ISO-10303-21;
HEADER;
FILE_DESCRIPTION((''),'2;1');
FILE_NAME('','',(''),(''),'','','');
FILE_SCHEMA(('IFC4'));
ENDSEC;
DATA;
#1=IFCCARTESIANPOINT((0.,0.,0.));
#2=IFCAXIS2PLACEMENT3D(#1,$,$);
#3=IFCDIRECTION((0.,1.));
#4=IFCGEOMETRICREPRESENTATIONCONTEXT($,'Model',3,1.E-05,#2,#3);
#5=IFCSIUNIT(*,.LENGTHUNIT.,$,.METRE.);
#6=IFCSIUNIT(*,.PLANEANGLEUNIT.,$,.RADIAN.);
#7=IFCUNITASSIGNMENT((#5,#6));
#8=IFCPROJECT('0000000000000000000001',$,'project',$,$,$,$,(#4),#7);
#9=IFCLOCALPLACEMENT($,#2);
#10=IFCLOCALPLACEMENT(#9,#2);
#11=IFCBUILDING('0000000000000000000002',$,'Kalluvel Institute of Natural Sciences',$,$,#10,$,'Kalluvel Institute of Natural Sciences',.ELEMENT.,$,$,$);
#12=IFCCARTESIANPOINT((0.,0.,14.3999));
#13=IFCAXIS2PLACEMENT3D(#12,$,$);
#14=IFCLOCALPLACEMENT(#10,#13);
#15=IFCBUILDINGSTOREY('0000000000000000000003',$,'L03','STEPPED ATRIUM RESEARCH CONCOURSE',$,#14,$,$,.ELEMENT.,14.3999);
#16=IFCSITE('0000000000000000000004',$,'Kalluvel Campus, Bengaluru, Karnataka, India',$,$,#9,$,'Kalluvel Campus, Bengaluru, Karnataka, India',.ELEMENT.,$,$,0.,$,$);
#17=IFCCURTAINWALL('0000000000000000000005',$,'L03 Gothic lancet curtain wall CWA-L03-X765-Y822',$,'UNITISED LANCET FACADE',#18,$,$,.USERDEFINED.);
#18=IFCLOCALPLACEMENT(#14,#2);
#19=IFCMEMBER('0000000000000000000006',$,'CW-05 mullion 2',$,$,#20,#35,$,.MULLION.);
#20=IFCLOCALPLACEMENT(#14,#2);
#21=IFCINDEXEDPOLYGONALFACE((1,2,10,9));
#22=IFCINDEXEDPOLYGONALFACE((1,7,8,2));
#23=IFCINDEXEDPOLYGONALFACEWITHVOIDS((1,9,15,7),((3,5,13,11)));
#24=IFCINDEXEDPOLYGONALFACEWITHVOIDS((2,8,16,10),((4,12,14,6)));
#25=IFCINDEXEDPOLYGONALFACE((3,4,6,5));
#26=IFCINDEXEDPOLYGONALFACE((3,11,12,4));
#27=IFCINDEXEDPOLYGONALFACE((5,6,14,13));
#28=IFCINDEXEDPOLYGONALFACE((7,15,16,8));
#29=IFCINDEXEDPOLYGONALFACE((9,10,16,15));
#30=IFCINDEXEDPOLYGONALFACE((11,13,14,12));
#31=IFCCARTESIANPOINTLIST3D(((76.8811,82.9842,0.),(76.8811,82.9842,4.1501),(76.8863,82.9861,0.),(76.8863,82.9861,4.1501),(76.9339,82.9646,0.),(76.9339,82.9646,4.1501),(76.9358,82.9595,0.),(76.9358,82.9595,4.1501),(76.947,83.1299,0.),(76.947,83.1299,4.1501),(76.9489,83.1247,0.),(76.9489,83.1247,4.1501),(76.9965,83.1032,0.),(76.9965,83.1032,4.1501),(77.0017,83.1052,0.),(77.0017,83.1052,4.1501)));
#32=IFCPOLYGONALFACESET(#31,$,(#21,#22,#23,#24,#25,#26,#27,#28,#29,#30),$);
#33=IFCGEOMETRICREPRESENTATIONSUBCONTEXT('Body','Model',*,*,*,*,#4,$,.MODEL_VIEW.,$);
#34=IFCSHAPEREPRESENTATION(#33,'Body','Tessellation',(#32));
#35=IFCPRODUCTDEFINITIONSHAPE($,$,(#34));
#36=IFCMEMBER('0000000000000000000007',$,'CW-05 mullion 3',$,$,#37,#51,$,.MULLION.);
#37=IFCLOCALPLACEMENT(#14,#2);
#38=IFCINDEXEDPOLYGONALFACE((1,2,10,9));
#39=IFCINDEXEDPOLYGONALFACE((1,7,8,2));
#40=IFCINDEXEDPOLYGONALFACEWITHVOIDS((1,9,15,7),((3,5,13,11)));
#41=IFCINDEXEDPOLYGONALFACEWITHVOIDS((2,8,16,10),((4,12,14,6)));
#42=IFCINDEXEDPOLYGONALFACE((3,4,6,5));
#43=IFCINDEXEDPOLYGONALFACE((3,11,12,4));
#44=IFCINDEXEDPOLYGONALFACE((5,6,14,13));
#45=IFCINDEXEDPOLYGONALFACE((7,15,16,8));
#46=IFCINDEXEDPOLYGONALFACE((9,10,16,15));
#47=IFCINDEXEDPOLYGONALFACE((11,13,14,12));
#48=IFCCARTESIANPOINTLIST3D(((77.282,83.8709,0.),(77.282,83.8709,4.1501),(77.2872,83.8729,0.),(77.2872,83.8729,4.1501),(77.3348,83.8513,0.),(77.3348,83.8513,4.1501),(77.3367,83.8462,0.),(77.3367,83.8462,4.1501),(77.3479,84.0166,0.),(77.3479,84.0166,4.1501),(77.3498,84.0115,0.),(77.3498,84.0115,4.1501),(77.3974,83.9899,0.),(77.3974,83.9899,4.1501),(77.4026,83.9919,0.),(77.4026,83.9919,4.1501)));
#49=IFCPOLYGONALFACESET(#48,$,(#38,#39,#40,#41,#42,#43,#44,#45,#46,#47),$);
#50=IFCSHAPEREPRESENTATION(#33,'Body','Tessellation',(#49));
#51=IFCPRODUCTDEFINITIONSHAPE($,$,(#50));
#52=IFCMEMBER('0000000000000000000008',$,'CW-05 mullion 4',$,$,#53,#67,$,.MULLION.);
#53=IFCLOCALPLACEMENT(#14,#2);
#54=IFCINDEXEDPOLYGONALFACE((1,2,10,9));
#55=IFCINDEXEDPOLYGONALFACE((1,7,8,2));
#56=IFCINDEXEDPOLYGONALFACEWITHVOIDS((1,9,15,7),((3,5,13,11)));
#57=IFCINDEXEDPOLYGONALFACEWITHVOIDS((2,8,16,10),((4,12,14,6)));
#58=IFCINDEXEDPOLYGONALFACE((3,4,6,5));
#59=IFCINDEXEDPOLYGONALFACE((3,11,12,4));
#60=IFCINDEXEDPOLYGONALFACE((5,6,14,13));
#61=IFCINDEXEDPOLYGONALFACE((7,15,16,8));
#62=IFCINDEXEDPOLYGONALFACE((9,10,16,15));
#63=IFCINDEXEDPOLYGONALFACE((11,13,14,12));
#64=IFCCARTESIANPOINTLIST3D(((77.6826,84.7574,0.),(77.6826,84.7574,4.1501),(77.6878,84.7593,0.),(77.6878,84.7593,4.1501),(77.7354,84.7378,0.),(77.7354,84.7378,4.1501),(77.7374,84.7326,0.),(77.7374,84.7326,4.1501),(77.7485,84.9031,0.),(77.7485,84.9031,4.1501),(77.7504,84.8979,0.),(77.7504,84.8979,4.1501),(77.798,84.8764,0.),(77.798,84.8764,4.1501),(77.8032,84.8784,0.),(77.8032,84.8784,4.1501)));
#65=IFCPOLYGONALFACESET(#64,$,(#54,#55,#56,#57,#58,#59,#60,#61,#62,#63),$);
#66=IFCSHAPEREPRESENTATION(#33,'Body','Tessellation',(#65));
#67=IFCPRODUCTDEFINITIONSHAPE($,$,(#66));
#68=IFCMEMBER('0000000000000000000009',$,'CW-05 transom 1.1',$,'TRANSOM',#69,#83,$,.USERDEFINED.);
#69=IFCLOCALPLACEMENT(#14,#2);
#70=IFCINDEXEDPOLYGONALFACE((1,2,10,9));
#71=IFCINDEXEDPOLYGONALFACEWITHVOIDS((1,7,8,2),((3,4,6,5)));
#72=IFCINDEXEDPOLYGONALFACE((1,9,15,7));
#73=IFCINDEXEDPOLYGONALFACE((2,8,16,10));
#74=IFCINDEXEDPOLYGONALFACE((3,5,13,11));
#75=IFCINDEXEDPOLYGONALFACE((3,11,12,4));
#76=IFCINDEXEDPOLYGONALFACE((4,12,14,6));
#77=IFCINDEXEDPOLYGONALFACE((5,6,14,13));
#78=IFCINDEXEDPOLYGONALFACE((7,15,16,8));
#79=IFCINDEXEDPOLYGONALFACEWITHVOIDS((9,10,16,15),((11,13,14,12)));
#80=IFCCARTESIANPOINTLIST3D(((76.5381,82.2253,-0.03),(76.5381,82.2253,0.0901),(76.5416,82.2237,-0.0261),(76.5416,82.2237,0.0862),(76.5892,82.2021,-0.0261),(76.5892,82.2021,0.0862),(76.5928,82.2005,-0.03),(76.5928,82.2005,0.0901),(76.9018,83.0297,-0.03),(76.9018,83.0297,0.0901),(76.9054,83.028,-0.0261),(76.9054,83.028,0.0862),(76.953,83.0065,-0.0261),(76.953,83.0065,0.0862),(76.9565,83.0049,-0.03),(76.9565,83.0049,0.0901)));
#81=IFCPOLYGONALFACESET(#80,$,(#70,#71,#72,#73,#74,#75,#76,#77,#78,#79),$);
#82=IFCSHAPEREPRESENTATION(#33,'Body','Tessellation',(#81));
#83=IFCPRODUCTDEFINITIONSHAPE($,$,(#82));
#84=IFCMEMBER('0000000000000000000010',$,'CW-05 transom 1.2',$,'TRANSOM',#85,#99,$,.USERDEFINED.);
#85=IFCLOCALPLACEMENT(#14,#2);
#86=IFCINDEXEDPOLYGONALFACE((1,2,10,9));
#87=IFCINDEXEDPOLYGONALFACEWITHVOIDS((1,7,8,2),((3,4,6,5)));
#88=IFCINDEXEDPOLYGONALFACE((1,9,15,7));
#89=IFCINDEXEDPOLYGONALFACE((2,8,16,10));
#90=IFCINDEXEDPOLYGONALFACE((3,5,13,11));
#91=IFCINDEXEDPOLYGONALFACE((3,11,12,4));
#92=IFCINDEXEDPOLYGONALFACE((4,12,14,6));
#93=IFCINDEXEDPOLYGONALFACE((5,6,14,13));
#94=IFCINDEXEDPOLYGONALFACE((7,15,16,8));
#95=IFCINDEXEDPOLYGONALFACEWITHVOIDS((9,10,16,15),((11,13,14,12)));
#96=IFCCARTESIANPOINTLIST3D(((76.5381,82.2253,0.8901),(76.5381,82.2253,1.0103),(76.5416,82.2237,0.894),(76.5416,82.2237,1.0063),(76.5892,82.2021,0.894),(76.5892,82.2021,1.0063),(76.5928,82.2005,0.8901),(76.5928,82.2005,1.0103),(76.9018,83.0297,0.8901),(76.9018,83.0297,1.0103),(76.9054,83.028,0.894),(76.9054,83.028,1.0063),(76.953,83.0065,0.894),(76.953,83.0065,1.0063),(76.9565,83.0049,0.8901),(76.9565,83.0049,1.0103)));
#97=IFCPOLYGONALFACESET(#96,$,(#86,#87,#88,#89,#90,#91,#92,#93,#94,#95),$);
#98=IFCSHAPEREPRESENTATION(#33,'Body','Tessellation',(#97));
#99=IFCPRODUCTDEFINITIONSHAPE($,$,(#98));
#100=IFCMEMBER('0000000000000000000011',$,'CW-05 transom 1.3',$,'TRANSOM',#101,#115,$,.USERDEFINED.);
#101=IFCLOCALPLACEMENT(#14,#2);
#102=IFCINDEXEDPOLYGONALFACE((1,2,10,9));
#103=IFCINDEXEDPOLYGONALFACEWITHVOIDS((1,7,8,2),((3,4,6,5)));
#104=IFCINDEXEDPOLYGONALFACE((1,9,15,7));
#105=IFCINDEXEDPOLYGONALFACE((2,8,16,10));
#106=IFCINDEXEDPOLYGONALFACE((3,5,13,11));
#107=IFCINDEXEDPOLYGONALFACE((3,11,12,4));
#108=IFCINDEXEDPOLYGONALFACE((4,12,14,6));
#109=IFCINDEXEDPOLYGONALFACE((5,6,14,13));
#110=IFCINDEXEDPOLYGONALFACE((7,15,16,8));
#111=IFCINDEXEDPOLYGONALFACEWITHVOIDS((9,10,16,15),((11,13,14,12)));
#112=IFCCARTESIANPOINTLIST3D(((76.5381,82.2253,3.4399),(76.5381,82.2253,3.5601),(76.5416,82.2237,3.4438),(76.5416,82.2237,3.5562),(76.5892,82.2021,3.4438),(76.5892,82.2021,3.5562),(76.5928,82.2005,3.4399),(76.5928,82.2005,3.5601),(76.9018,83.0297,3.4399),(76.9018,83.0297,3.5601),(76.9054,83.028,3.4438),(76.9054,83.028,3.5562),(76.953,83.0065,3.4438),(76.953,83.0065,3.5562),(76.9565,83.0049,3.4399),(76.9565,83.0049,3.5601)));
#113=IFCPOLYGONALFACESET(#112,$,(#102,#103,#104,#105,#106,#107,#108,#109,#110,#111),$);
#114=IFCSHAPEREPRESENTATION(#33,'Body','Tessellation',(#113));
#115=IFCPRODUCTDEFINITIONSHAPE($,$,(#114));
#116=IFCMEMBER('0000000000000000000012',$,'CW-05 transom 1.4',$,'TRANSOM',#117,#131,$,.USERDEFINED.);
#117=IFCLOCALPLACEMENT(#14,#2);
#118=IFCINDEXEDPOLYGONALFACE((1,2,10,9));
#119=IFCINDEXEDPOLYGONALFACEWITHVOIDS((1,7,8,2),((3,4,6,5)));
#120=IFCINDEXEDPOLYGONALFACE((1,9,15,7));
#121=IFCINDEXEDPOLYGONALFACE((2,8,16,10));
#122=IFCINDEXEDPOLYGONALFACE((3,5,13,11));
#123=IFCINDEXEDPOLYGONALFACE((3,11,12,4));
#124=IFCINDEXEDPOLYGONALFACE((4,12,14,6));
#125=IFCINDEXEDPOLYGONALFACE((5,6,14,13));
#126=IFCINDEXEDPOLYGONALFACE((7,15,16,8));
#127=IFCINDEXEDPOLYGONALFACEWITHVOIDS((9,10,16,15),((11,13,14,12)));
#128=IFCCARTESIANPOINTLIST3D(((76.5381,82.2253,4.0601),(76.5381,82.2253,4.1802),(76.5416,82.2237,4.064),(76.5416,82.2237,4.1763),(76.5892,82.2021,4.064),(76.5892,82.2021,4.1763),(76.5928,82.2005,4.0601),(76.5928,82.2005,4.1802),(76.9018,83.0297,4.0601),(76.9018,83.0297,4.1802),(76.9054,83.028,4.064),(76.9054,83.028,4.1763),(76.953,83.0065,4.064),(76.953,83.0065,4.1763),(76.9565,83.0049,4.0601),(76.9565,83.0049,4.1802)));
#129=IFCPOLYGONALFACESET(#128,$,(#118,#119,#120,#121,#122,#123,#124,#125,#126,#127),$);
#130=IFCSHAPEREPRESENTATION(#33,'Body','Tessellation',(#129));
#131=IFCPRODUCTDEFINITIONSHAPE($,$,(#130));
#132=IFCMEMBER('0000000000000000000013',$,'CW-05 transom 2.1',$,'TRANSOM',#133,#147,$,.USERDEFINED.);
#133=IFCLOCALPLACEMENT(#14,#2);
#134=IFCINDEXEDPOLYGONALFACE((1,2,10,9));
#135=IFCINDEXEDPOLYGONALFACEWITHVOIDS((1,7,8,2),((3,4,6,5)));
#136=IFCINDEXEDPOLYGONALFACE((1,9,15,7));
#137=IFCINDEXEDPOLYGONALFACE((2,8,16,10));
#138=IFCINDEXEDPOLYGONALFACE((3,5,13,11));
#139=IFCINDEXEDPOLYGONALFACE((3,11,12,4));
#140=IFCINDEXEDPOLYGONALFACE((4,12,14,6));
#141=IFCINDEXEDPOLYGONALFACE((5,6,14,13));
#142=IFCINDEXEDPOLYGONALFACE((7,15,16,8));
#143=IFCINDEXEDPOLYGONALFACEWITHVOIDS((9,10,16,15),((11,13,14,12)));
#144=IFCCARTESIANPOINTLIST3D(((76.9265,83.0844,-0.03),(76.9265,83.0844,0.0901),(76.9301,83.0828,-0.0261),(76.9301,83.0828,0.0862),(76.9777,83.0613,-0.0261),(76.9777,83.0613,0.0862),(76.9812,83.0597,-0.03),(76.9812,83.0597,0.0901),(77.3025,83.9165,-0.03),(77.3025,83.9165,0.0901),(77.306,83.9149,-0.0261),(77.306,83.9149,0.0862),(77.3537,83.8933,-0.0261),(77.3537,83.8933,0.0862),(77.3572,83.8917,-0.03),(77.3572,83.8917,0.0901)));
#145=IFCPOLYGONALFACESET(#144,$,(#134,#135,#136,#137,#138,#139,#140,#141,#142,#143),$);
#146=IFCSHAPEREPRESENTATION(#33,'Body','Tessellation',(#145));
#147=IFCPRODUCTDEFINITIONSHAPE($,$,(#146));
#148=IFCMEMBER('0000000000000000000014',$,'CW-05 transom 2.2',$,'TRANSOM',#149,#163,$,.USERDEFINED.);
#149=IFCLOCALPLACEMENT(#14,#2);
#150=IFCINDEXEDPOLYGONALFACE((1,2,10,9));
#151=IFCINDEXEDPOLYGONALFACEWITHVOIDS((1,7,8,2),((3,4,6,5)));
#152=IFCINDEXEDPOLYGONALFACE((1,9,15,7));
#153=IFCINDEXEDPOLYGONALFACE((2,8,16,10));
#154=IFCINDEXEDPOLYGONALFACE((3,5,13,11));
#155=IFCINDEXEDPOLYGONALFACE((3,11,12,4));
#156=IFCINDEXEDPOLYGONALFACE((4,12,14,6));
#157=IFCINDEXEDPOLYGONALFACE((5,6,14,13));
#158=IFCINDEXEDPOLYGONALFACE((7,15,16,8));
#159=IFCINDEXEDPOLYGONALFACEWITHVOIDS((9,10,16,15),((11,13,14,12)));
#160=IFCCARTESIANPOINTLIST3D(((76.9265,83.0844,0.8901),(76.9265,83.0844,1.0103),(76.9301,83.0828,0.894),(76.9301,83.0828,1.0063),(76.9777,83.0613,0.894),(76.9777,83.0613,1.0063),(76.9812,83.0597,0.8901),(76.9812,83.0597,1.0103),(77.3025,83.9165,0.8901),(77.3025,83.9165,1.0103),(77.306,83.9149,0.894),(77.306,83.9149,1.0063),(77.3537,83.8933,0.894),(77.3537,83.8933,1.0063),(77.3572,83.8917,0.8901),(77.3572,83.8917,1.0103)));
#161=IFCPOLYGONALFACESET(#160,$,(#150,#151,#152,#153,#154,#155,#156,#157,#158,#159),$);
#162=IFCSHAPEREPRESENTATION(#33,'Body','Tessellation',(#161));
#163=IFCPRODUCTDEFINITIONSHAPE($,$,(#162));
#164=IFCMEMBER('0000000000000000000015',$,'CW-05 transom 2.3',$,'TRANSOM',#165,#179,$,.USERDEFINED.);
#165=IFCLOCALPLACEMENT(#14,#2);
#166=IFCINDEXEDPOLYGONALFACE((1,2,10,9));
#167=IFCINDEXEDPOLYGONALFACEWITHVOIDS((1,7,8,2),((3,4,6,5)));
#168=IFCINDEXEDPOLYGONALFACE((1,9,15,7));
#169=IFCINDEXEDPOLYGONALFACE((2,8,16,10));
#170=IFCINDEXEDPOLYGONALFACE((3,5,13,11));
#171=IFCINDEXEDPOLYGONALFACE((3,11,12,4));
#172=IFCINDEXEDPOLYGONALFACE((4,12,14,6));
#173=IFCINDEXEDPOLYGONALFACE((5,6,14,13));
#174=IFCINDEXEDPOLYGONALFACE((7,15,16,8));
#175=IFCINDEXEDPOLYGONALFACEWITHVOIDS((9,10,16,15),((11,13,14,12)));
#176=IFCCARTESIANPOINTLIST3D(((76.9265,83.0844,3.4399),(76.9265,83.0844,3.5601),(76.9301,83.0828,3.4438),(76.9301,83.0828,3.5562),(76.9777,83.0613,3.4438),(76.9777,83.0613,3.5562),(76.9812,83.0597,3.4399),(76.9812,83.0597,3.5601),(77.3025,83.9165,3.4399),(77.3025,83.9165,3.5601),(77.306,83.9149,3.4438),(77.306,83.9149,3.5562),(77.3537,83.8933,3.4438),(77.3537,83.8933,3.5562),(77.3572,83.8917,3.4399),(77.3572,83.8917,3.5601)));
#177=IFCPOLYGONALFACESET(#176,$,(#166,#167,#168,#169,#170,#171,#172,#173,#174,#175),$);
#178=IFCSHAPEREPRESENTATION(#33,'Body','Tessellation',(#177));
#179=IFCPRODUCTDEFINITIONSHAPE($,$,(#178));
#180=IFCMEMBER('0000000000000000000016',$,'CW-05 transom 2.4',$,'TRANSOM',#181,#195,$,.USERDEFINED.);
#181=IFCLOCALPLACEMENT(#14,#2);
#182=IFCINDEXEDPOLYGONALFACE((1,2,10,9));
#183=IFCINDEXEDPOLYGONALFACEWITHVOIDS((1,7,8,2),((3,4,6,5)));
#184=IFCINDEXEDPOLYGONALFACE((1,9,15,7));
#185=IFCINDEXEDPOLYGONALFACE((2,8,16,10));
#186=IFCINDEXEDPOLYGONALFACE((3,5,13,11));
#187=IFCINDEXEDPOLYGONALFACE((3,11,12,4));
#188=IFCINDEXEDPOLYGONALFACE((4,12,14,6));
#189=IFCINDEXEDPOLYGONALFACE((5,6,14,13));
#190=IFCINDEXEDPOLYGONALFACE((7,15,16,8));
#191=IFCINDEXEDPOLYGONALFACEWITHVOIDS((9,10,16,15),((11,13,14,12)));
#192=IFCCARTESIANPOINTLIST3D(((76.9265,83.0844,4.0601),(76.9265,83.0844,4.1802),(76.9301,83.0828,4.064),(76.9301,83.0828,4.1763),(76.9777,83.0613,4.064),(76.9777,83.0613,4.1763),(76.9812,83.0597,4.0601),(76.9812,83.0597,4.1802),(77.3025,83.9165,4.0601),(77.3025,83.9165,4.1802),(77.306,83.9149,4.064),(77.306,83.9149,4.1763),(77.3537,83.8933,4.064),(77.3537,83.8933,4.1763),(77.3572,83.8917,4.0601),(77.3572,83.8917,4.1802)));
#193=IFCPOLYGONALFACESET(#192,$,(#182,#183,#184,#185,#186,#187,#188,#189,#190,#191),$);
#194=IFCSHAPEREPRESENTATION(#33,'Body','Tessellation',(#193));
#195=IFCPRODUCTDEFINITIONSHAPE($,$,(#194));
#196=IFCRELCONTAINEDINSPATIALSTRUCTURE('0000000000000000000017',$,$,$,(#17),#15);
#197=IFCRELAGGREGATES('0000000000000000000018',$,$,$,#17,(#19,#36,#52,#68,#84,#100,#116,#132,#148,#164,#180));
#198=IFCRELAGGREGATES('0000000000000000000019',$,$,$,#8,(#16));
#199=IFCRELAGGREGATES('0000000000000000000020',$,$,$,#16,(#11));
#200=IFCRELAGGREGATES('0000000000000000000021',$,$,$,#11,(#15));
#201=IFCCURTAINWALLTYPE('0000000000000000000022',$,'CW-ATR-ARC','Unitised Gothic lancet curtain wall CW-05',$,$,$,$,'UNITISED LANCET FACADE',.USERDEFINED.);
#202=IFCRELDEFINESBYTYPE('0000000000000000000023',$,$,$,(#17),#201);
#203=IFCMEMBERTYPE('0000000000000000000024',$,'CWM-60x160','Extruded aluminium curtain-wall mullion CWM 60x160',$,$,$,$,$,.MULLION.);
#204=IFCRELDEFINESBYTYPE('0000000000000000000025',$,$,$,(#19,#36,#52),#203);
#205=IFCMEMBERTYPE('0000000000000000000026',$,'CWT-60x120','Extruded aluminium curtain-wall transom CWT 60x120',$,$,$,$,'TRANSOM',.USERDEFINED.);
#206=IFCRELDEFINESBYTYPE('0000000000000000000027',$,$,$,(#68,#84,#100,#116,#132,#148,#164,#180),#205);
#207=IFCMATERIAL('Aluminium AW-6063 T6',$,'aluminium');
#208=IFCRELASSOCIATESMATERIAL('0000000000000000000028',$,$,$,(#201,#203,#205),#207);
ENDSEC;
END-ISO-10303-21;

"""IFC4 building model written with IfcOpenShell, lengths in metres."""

from ifc_helpers import new_model, si_unit, direction, frame, origin, origin_2d, place, context, subcontext, project, spatial, hollow_rectangle, extrude, material, material_profile, profile_set, type_object, element, aggregate, save


model = new_model("IFC4")

# Units and contexts
model_context = context("Model", 3, precision=1e-05, world=origin(), true_north=direction((0.0, 1.0)))
body_context = subcontext(model_context, "Body", "Model", "MODEL_VIEW")
ifc_project = project(units=[si_unit("LENGTHUNIT", "METRE"), si_unit("PLANEANGLEUNIT", "RADIAN")], contexts=[model_context])

# Site, building, storey
site_placement = place(None, origin())
site = spatial("IfcSite", under=ifc_project, at=site_placement, Name="Kalluvel Campus, Bengaluru, Karnataka, India", LongName="Kalluvel Campus, Bengaluru, Karnataka, India", CompositionType="ELEMENT", RefElevation=0.0)
building_placement = place(site_placement, origin())
building = spatial("IfcBuilding", under=site, at=building_placement, Name="Kalluvel Institute of Natural Sciences", LongName="Kalluvel Institute of Natural Sciences", CompositionType="ELEMENT")
storey_placement = place(building_placement, frame((0.0, 0.0, 14.3999)))
storey = spatial("IfcBuildingStorey", under=building, at=storey_placement, Name="L03", Description="STEPPED ATRIUM RESEARCH CONCOURSE", CompositionType="ELEMENT", Elevation=14.3999)

# Curtain wall, members
ifc_material_1 = material(Name="Aluminium AW-6063 T6", Category="aluminium")
curtain_wall_type = type_object("IfcCurtainWallType", Name="CW-ATR-ARC", Description="Unitised Gothic lancet curtain wall CW-05", ElementType="UNITISED LANCET FACADE", PredefinedType="USERDEFINED", material=ifc_material_1)
curtain_wall_placement = place(storey_placement, origin())
curtain_wall = element("IfcCurtainWall", 1, at=curtain_wall_placement, inside=storey, type_object=curtain_wall_type, Name="L03 Gothic lancet curtain wall CWA-L03-X765-Y822", ObjectType="UNITISED LANCET FACADE", PredefinedType="USERDEFINED")
ifc_material_profile_1 = material_profile(ifc_material_1, hollow_rectangle(XDim=0.0601, YDim=0.1599, WallThickness=0.0039, at=origin_2d()), Name="CWM 60x160")
ifc_profile_set_1 = profile_set([ifc_material_profile_1], Name="Aluminium AW-6063 T6")
member_type_1 = type_object("IfcMemberType", Name="CWM-60x160", Description="Extruded aluminium curtain-wall mullion CWM 60x160", PredefinedType="MULLION", material=ifc_profile_set_1)
member_1_placement = place(storey_placement, frame((76.9414, 83.0447, 0.0), z_axis=(0.0, 0.0, 1.0), x_axis=(-0.911231, 0.411895, 0.0)))
member_1 = element("IfcMember", 2, at=member_1_placement, type_object=member_type_1, Name="CW-05 mullion 2", PredefinedType="MULLION", context=body_context, shape_type="SweptSolid", body=[
    extrude(hollow_rectangle(XDim=0.0601, YDim=0.1599, WallThickness=0.0039, at=origin_2d()), origin(), (0.0, 0.0, 1.0), 4.1501),
])
member_2_placement = place(storey_placement, frame((77.3423, 83.9314, 0.0), z_axis=(0.0, 0.0, 1.0), x_axis=(-0.911231, 0.411895, 0.0)))
member_2 = element("IfcMember", 3, at=member_2_placement, type_object=member_type_1, Name="CW-05 mullion 3", PredefinedType="MULLION", context=body_context, shape_type="SweptSolid", body=[
    extrude(hollow_rectangle(XDim=0.0601, YDim=0.1599, WallThickness=0.0039, at=origin_2d()), origin(), (0.0, 0.0, 1.0), 4.1501),
])
member_3_placement = place(storey_placement, frame((77.7429, 84.8179, 0.0), z_axis=(0.0, 0.0, 1.0), x_axis=(-0.911231, 0.411895, 0.0)))
member_3 = element("IfcMember", 4, at=member_3_placement, type_object=member_type_1, Name="CW-05 mullion 4", PredefinedType="MULLION", context=body_context, shape_type="SweptSolid", body=[
    extrude(hollow_rectangle(XDim=0.0601, YDim=0.1599, WallThickness=0.0039, at=origin_2d()), origin(), (0.0, 0.0, 1.0), 4.1501),
])
ifc_material_profile_2 = material_profile(ifc_material_1, hollow_rectangle(XDim=0.0601, YDim=0.1201, WallThickness=0.0039, at=origin_2d()), Name="CWT 60x120")
ifc_profile_set_2 = profile_set([ifc_material_profile_2], Name="Aluminium AW-6063 T6")
member_type_2 = type_object("IfcMemberType", Name="CWT-60x120", Description="Extruded aluminium curtain-wall transom CWT 60x120", ElementType="TRANSOM", PredefinedType="USERDEFINED", material=ifc_profile_set_2)
member_4_placement = place(storey_placement, frame((76.5654, 82.2129, 0.03), z_axis=(0.412031, 0.91117, 0.0), x_axis=(-0.91117, 0.412031, 0.0)))
member_4 = element("IfcMember", 5, at=member_4_placement, type_object=member_type_2, Name="CW-05 transom 1.1", ObjectType="TRANSOM", PredefinedType="USERDEFINED", context=body_context, shape_type="SweptSolid", body=[
    extrude(hollow_rectangle(XDim=0.0601, YDim=0.1201, WallThickness=0.0039, at=origin_2d()), origin(), (0.0, 0.0, 1.0), 0.8828),
])
member_5_placement = place(storey_placement, frame((76.5654, 82.2129, 0.9502), z_axis=(0.412031, 0.91117, 0.0), x_axis=(-0.91117, 0.412031, 0.0)))
member_5 = element("IfcMember", 6, at=member_5_placement, type_object=member_type_2, Name="CW-05 transom 1.2", ObjectType="TRANSOM", PredefinedType="USERDEFINED", context=body_context, shape_type="SweptSolid", body=[
    extrude(hollow_rectangle(XDim=0.0601, YDim=0.1201, WallThickness=0.0039, at=origin_2d()), origin(), (0.0, 0.0, 1.0), 0.8828),
])
member_6_placement = place(storey_placement, frame((76.5654, 82.2129, 3.5), z_axis=(0.412031, 0.91117, 0.0), x_axis=(-0.91117, 0.412031, 0.0)))
member_6 = element("IfcMember", 7, at=member_6_placement, type_object=member_type_2, Name="CW-05 transom 1.3", ObjectType="TRANSOM", PredefinedType="USERDEFINED", context=body_context, shape_type="SweptSolid", body=[
    extrude(hollow_rectangle(XDim=0.0601, YDim=0.1201, WallThickness=0.0039, at=origin_2d()), origin(), (0.0, 0.0, 1.0), 0.8828),
])
member_7_placement = place(storey_placement, frame((76.5654, 82.2129, 4.1201), z_axis=(0.412031, 0.91117, 0.0), x_axis=(-0.91117, 0.412031, 0.0)))
member_7 = element("IfcMember", 8, at=member_7_placement, type_object=member_type_2, Name="CW-05 transom 1.4", ObjectType="TRANSOM", PredefinedType="USERDEFINED", context=body_context, shape_type="SweptSolid", body=[
    extrude(hollow_rectangle(XDim=0.0601, YDim=0.1201, WallThickness=0.0039, at=origin_2d()), origin(), (0.0, 0.0, 1.0), 0.8828),
])
member_8_placement = place(storey_placement, frame((76.9539, 83.072, 0.03), z_axis=(0.411787, 0.91128, 0.0), x_axis=(-0.91128, 0.411787, 0.0)))
member_8 = element("IfcMember", 9, at=member_8_placement, type_object=member_type_2, Name="CW-05 transom 2.1", ObjectType="TRANSOM", PredefinedType="USERDEFINED", context=body_context, shape_type="SweptSolid", body=[
    extrude(hollow_rectangle(XDim=0.0601, YDim=0.1201, WallThickness=0.0039, at=origin_2d()), origin(), (0.0, 0.0, 1.0), 0.9131),
])
member_9_placement = place(storey_placement, frame((76.9539, 83.072, 0.9502), z_axis=(0.411787, 0.91128, 0.0), x_axis=(-0.91128, 0.411787, 0.0)))
member_9 = element("IfcMember", 10, at=member_9_placement, type_object=member_type_2, Name="CW-05 transom 2.2", ObjectType="TRANSOM", PredefinedType="USERDEFINED", context=body_context, shape_type="SweptSolid", body=[
    extrude(hollow_rectangle(XDim=0.0601, YDim=0.1201, WallThickness=0.0039, at=origin_2d()), origin(), (0.0, 0.0, 1.0), 0.9131),
])
member_10_placement = place(storey_placement, frame((76.9539, 83.072, 3.5), z_axis=(0.411787, 0.91128, 0.0), x_axis=(-0.91128, 0.411787, 0.0)))
member_10 = element("IfcMember", 11, at=member_10_placement, type_object=member_type_2, Name="CW-05 transom 2.3", ObjectType="TRANSOM", PredefinedType="USERDEFINED", context=body_context, shape_type="SweptSolid", body=[
    extrude(hollow_rectangle(XDim=0.0601, YDim=0.1201, WallThickness=0.0039, at=origin_2d()), origin(), (0.0, 0.0, 1.0), 0.9131),
])
member_11_placement = place(storey_placement, frame((76.9539, 83.072, 4.1201), z_axis=(0.411787, 0.91128, 0.0), x_axis=(-0.91128, 0.411787, 0.0)))
member_11 = element("IfcMember", 12, at=member_11_placement, type_object=member_type_2, Name="CW-05 transom 2.4", ObjectType="TRANSOM", PredefinedType="USERDEFINED", context=body_context, shape_type="SweptSolid", body=[
    extrude(hollow_rectangle(XDim=0.0601, YDim=0.1201, WallThickness=0.0039, at=origin_2d()), origin(), (0.0, 0.0, 1.0), 0.9131),
])
aggregate(curtain_wall, [member_1, member_2, member_3, member_4, member_5, member_6, member_7, member_8, member_9, member_10, member_11])

save(model, "model.ifc")
